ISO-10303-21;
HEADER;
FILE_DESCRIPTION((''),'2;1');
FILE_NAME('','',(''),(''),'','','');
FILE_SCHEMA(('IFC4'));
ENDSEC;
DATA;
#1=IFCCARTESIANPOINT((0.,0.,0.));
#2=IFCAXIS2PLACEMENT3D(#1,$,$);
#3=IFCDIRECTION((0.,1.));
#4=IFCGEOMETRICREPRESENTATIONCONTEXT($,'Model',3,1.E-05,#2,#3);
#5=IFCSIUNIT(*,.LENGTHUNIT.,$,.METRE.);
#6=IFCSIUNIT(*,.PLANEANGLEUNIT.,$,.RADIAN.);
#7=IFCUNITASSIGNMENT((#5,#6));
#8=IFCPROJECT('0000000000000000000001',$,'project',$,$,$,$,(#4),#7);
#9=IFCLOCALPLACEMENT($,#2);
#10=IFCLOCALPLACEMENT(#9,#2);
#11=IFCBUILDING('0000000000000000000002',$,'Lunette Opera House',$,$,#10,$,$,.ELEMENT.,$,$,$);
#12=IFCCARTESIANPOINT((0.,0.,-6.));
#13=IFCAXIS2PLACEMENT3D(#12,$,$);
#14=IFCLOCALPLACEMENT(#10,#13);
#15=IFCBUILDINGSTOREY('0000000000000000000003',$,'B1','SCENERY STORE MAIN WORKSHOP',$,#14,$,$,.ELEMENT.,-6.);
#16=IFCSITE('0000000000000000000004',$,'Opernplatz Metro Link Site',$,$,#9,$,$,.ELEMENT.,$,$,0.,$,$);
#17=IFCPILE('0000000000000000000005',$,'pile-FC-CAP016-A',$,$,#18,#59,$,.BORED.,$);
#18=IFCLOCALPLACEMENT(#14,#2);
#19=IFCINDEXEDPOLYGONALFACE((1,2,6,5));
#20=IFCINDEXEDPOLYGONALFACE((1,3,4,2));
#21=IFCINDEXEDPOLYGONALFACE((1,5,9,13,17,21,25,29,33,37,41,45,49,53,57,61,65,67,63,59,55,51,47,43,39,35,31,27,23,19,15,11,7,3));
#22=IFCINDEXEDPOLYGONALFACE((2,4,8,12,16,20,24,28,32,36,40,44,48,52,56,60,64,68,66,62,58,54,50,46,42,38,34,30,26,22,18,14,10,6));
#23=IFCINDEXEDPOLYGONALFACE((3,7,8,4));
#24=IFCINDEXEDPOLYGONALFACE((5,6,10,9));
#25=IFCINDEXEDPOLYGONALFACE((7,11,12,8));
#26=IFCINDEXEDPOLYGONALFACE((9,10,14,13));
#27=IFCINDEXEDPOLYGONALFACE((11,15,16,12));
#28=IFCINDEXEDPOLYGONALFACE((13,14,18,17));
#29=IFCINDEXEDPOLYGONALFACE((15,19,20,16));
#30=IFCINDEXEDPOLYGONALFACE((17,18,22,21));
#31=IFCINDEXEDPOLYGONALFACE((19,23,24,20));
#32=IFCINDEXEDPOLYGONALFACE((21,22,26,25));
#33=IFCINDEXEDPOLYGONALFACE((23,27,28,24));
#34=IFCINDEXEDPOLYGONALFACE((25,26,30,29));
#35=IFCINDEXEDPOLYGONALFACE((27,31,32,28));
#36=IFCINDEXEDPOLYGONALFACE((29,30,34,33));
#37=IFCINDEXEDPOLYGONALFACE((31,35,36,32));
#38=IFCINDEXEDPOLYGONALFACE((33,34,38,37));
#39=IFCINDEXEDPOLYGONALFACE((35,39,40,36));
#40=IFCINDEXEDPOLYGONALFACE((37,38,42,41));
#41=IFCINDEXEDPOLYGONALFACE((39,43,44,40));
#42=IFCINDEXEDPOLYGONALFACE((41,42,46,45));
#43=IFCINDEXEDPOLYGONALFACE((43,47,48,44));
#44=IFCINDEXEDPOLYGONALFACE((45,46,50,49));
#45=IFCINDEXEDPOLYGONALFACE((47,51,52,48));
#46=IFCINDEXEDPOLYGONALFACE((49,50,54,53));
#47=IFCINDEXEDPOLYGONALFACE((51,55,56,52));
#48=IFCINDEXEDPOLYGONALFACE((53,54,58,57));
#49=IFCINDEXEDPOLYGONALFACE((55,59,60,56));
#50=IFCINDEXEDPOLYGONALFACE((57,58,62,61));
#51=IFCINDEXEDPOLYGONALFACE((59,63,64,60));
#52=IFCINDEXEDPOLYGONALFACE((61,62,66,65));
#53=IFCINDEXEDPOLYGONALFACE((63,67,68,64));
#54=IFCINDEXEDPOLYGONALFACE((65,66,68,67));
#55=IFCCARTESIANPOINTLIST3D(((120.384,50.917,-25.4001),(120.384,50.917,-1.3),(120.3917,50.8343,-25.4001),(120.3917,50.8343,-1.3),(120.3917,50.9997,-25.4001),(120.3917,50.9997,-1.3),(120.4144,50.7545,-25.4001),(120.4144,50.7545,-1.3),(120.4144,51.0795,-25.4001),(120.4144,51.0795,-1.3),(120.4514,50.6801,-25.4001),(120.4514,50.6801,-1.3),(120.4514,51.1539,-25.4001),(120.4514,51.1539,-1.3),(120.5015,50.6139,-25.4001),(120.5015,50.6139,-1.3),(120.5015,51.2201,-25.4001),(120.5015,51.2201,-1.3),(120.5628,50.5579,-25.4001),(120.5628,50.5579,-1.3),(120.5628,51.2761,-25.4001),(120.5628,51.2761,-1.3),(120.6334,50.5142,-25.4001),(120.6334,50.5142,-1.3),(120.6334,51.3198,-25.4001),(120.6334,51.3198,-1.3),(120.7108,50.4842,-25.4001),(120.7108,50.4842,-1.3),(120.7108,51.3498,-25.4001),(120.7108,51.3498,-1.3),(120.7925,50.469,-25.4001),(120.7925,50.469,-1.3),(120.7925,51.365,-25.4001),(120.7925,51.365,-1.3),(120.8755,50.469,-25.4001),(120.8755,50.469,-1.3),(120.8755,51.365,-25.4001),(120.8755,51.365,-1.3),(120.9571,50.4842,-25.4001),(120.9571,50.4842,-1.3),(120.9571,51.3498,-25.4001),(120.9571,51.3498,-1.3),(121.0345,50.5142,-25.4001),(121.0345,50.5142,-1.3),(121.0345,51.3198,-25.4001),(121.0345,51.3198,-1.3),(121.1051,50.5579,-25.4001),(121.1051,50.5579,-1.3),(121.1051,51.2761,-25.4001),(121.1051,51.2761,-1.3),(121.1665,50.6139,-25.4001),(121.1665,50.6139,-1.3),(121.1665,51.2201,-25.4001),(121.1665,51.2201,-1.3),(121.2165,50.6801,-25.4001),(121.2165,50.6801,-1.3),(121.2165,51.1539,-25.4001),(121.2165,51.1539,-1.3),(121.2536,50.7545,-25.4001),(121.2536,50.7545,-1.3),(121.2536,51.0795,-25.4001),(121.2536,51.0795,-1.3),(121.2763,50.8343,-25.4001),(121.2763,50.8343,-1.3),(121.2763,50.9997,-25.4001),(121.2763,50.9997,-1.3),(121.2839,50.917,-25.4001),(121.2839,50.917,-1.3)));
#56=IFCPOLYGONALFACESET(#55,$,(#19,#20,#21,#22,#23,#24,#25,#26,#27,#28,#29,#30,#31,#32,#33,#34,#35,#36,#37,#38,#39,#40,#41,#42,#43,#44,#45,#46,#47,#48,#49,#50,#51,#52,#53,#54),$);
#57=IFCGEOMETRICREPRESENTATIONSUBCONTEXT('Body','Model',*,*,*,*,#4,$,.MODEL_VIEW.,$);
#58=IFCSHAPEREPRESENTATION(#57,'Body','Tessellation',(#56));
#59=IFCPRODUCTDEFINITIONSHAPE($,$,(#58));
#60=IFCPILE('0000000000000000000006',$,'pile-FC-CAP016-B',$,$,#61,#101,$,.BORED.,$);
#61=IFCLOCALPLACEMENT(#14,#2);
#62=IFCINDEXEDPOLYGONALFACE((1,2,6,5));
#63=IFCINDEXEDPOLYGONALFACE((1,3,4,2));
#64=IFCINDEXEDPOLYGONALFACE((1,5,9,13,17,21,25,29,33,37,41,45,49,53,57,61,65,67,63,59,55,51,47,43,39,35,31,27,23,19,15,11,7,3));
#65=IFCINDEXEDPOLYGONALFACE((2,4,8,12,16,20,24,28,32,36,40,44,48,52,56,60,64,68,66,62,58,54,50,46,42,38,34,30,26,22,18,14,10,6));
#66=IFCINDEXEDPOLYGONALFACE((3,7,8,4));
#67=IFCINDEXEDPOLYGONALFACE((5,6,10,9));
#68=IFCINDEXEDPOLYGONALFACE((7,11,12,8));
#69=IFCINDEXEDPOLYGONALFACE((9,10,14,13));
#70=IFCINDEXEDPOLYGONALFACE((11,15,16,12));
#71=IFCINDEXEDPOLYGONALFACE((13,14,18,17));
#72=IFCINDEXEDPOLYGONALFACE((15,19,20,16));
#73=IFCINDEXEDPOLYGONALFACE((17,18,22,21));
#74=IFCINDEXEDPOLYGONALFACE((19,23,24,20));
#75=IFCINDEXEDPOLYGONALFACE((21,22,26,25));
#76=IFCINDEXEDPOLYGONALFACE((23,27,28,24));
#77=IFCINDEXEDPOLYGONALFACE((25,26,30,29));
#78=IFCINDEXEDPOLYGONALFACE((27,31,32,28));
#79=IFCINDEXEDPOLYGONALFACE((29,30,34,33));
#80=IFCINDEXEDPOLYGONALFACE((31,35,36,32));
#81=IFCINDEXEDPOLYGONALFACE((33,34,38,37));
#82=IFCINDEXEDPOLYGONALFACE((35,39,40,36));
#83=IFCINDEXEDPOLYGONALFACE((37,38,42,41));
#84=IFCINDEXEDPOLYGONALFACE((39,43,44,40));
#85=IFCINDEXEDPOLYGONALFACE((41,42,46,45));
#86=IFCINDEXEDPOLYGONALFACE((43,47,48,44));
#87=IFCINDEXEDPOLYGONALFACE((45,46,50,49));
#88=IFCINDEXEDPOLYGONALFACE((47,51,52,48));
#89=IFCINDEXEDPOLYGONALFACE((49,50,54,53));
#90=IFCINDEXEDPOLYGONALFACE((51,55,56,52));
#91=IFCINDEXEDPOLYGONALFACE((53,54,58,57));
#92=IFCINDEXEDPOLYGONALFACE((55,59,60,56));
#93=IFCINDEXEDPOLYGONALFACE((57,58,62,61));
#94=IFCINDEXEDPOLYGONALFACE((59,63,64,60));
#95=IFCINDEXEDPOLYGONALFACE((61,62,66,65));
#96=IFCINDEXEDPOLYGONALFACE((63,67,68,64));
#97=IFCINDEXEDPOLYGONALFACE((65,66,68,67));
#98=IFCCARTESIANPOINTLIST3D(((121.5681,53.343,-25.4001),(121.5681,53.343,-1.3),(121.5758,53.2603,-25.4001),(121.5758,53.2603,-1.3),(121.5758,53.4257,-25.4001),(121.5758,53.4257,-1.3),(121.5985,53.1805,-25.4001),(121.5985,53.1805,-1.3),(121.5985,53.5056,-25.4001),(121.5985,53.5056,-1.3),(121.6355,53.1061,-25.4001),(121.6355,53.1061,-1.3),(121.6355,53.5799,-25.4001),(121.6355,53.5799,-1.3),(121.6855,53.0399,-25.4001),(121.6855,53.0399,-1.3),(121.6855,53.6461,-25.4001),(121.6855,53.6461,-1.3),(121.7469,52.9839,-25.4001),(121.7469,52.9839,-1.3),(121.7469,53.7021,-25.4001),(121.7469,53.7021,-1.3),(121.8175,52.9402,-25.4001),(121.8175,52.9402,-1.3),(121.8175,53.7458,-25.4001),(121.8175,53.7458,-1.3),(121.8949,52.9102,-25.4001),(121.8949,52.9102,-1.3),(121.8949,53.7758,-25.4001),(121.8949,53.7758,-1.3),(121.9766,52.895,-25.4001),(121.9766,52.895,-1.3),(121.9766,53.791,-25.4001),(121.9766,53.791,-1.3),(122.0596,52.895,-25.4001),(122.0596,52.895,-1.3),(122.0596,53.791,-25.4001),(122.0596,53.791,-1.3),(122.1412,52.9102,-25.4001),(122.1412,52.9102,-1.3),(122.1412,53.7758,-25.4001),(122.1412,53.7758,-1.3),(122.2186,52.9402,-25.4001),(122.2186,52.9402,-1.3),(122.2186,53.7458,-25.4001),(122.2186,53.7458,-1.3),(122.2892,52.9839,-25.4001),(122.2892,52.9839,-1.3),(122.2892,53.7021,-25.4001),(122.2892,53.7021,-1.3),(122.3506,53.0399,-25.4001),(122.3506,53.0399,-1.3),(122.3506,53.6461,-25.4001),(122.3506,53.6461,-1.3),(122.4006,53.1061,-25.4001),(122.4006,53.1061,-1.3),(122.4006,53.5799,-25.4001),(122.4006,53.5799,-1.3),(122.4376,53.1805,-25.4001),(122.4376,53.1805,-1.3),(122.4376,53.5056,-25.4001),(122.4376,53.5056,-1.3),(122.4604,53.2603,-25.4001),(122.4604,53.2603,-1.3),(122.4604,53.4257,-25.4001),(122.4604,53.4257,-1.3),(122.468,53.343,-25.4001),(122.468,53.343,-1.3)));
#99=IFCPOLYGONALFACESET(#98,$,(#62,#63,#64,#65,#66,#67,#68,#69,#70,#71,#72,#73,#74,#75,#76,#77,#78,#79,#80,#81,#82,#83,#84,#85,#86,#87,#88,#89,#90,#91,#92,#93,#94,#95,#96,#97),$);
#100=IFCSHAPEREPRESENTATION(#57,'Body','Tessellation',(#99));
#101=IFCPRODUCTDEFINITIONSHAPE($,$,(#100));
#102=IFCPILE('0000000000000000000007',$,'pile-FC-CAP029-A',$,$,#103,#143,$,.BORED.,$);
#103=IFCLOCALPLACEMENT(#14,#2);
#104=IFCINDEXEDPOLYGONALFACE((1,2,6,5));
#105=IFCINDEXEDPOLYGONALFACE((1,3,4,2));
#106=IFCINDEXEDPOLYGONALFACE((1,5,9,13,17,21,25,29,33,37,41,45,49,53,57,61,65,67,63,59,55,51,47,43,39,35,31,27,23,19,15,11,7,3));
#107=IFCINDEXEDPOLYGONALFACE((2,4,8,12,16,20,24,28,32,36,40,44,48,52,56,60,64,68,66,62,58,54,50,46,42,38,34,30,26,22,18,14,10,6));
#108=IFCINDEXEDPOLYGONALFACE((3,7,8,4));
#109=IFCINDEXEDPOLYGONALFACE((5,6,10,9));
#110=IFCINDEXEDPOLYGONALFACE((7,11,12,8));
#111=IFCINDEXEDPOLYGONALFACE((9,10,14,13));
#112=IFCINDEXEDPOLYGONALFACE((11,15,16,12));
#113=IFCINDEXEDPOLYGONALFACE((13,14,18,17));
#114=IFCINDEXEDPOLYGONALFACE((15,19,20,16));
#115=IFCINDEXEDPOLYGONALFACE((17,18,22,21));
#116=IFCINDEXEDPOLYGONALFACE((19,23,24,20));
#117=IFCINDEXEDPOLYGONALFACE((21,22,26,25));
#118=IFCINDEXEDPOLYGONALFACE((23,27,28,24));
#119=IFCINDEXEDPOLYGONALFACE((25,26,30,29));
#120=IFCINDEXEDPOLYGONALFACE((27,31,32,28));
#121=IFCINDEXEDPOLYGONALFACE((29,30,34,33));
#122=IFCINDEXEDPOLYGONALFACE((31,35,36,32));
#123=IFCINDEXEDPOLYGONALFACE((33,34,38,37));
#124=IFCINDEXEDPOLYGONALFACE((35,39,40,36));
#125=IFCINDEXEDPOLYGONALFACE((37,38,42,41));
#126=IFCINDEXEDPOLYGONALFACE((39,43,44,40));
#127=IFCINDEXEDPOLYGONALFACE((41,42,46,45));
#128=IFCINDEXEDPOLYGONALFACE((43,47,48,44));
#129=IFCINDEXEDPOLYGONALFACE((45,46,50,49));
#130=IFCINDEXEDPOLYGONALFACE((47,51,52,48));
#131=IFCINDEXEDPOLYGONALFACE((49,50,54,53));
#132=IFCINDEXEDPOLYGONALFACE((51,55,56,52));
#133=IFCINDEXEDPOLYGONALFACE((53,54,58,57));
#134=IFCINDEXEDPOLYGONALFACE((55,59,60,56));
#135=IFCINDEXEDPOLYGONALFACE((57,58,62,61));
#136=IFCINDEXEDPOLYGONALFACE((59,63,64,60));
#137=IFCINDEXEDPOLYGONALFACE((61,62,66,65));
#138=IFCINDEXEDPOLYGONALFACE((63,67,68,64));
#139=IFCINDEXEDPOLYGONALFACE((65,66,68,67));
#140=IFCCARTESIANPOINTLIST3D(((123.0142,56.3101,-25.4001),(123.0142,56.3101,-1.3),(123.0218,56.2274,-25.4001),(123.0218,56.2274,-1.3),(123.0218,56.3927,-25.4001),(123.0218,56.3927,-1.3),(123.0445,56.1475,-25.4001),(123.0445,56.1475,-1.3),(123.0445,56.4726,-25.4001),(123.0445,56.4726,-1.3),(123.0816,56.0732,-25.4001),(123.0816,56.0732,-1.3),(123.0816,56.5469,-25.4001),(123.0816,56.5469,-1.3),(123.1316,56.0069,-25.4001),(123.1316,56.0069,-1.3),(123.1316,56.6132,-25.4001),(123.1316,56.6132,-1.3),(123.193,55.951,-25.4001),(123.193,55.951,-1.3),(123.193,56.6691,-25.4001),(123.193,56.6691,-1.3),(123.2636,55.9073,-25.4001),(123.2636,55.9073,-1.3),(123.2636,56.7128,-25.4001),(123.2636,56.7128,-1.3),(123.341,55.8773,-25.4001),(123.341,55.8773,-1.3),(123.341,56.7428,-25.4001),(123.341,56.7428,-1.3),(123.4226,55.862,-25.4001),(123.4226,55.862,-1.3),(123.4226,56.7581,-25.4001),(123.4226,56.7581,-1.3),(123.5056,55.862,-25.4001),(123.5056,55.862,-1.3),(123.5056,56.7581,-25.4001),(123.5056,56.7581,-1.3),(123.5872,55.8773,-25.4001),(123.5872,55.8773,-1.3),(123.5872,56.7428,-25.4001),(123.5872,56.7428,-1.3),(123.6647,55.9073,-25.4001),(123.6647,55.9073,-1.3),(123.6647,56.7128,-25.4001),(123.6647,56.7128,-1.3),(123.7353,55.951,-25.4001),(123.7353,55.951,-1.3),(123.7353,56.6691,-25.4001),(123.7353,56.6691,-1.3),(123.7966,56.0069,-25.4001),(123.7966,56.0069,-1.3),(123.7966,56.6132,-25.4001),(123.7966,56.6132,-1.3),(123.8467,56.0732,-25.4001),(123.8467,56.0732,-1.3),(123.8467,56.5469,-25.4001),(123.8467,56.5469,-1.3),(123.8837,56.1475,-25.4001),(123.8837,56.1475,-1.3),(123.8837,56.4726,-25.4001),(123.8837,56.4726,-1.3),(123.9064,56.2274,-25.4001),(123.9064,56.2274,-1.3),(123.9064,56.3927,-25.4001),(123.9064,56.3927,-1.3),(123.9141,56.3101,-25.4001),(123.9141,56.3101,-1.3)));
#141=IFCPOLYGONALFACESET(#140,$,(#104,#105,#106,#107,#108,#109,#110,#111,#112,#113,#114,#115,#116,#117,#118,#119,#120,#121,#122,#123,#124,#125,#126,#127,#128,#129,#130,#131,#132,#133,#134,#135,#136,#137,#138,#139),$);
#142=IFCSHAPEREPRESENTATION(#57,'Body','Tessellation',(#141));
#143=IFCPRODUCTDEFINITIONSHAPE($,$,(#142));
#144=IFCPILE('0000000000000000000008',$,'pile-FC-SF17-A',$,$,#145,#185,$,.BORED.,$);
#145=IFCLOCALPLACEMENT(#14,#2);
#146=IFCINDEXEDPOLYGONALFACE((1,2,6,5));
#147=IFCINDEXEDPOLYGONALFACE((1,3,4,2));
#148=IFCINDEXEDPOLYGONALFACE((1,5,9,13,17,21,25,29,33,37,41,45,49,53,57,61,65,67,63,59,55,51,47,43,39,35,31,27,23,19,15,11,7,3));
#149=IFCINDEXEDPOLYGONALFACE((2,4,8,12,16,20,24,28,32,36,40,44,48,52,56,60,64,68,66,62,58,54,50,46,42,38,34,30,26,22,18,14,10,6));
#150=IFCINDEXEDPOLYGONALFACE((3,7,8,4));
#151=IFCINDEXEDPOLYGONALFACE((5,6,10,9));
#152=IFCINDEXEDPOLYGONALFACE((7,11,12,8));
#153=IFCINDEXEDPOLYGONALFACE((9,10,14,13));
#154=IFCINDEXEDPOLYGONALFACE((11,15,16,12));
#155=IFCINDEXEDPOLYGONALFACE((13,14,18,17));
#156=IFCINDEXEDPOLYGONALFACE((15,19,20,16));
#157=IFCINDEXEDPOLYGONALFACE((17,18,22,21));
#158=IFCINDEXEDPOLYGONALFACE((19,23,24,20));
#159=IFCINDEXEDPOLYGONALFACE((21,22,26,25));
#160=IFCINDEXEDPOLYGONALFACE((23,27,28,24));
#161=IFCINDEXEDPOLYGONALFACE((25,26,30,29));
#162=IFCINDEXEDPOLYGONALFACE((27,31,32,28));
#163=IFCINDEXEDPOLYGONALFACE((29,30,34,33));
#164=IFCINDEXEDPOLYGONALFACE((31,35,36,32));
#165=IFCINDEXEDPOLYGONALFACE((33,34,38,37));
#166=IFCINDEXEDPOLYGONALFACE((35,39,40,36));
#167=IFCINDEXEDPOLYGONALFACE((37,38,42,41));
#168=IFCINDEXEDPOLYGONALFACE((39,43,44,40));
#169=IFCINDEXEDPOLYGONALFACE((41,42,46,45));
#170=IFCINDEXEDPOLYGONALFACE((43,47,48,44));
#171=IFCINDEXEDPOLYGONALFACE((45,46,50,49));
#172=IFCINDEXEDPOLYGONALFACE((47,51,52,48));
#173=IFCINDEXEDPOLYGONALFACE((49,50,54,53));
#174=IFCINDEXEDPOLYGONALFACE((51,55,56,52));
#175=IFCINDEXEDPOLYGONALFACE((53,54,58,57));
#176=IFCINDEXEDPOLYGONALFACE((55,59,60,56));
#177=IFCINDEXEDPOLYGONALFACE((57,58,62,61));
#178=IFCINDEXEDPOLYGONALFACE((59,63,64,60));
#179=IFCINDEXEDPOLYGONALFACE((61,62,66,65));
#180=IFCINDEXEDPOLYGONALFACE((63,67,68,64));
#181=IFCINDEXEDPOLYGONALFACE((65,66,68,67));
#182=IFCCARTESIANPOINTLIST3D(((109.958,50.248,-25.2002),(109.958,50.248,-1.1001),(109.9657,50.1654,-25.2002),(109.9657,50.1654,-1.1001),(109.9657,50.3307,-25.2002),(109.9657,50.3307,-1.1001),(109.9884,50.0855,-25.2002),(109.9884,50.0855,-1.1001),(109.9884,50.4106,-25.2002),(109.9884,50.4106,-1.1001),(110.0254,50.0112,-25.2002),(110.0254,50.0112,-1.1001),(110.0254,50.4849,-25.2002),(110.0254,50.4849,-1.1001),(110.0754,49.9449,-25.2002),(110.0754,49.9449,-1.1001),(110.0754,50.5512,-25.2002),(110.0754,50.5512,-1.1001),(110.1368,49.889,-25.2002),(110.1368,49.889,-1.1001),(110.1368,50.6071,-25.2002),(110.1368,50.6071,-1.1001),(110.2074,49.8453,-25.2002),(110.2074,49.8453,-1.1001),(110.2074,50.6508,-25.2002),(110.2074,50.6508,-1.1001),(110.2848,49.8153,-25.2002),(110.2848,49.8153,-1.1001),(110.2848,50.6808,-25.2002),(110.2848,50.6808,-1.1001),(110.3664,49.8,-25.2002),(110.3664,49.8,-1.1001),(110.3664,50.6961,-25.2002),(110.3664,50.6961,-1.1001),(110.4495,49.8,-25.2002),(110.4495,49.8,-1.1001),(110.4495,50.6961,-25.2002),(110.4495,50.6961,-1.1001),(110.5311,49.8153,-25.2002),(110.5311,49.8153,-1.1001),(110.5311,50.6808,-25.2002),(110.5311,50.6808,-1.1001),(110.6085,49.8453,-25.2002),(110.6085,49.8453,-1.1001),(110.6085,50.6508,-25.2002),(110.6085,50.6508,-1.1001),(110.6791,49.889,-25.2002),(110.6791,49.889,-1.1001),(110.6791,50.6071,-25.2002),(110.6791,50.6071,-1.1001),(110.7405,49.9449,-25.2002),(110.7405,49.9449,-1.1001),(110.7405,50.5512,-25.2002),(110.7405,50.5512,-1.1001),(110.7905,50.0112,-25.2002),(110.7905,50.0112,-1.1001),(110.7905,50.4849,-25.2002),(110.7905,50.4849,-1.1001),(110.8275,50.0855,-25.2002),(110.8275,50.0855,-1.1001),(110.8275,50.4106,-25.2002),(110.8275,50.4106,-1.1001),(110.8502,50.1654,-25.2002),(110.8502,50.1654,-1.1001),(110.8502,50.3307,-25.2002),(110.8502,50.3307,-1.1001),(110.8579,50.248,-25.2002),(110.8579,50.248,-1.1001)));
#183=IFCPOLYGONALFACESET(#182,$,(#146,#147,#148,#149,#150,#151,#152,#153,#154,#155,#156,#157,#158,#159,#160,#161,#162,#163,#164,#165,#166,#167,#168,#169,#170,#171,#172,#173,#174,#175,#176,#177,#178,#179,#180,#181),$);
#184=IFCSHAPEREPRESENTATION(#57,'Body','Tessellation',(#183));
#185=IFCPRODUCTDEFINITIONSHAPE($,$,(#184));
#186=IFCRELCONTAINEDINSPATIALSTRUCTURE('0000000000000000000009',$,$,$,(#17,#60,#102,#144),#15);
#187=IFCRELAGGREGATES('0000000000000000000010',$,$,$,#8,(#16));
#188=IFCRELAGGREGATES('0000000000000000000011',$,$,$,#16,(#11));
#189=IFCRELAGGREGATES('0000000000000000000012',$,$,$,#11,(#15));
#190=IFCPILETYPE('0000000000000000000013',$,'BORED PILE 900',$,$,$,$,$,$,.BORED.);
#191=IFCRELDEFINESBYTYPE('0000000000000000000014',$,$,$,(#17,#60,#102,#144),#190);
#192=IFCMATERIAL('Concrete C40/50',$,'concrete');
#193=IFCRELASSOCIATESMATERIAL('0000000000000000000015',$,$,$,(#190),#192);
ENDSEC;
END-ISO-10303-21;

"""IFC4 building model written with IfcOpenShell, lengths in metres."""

from ifc_helpers import new_model, si_unit, direction, frame, origin, origin_2d, place, context, subcontext, project, spatial, circle, extrude, material, material_profile, profile_set, type_object, element, save


model = new_model("IFC4")

# Units and contexts
model_context = context("Model", 3, precision=1e-05, world=origin(), true_north=direction((0.0, 1.0)))
body_context = subcontext(model_context, "Body", "Model", "MODEL_VIEW")
ifc_project = project(units=[si_unit("LENGTHUNIT", "METRE"), si_unit("PLANEANGLEUNIT", "RADIAN")], contexts=[model_context])

# Site, building, storey
site_placement = place(None, origin())
site = spatial("IfcSite", under=ifc_project, at=site_placement, Name="Opernplatz Metro Link Site", CompositionType="ELEMENT", RefElevation=0.0)
building_placement = place(site_placement, origin())
building = spatial("IfcBuilding", under=site, at=building_placement, Name="Lunette Opera House", CompositionType="ELEMENT")
storey_placement = place(building_placement, frame((0.0, 0.0, -6.0)))
storey = spatial("IfcBuildingStorey", under=building, at=storey_placement, Name="B1", Description="SCENERY STORE MAIN WORKSHOP", CompositionType="ELEMENT", Elevation=-6.0)

# Piles
ifc_material_1 = material(Name="Concrete C40/50", Category="concrete")
ifc_material_profile_1 = material_profile(ifc_material_1, circle(Radius=0.45, at=origin_2d()), Name="BORED PILE 900")
ifc_profile_set_1 = profile_set([ifc_material_profile_1], Name="Concrete C40/50")
pile_type = type_object("IfcPileType", Name="BORED PILE 900", PredefinedType="BORED", material=ifc_profile_set_1)
for number, where, z_axis, x_axis, name in (
    (1, (120.834, 50.917, -1.3), (0.0, 0.0, -1.0), (1.0, 0.0, 0.0), "pile-FC-CAP016-A"),
    (2, (122.0181, 53.343, -1.3), (0.0, 0.0, -1.0), (1.0, 0.0, 0.0), "pile-FC-CAP016-B"),
    (3, (123.4641, 56.3101, -1.3), (0.0, 0.0, -1.0), (1.0, 0.0, 0.0), "pile-FC-CAP029-A"),
    (4, (110.408, 50.248, -1.1001), (0.0, 0.0, -1.0), (1.0, 0.0, 0.0), "pile-FC-SF17-A"),
):
    element("IfcPile", number, at=place(storey_placement, frame(where, z_axis=z_axis, x_axis=x_axis)), inside=storey, type_object=pile_type, Name=name, PredefinedType="BORED", context=body_context, shape_type="SweptSolid", body=[
        extrude(circle(Radius=0.45, at=origin_2d()), origin(), (0.0, 0.0, 1.0), 24.1001),
    ])

save(model, "model.ifc")
